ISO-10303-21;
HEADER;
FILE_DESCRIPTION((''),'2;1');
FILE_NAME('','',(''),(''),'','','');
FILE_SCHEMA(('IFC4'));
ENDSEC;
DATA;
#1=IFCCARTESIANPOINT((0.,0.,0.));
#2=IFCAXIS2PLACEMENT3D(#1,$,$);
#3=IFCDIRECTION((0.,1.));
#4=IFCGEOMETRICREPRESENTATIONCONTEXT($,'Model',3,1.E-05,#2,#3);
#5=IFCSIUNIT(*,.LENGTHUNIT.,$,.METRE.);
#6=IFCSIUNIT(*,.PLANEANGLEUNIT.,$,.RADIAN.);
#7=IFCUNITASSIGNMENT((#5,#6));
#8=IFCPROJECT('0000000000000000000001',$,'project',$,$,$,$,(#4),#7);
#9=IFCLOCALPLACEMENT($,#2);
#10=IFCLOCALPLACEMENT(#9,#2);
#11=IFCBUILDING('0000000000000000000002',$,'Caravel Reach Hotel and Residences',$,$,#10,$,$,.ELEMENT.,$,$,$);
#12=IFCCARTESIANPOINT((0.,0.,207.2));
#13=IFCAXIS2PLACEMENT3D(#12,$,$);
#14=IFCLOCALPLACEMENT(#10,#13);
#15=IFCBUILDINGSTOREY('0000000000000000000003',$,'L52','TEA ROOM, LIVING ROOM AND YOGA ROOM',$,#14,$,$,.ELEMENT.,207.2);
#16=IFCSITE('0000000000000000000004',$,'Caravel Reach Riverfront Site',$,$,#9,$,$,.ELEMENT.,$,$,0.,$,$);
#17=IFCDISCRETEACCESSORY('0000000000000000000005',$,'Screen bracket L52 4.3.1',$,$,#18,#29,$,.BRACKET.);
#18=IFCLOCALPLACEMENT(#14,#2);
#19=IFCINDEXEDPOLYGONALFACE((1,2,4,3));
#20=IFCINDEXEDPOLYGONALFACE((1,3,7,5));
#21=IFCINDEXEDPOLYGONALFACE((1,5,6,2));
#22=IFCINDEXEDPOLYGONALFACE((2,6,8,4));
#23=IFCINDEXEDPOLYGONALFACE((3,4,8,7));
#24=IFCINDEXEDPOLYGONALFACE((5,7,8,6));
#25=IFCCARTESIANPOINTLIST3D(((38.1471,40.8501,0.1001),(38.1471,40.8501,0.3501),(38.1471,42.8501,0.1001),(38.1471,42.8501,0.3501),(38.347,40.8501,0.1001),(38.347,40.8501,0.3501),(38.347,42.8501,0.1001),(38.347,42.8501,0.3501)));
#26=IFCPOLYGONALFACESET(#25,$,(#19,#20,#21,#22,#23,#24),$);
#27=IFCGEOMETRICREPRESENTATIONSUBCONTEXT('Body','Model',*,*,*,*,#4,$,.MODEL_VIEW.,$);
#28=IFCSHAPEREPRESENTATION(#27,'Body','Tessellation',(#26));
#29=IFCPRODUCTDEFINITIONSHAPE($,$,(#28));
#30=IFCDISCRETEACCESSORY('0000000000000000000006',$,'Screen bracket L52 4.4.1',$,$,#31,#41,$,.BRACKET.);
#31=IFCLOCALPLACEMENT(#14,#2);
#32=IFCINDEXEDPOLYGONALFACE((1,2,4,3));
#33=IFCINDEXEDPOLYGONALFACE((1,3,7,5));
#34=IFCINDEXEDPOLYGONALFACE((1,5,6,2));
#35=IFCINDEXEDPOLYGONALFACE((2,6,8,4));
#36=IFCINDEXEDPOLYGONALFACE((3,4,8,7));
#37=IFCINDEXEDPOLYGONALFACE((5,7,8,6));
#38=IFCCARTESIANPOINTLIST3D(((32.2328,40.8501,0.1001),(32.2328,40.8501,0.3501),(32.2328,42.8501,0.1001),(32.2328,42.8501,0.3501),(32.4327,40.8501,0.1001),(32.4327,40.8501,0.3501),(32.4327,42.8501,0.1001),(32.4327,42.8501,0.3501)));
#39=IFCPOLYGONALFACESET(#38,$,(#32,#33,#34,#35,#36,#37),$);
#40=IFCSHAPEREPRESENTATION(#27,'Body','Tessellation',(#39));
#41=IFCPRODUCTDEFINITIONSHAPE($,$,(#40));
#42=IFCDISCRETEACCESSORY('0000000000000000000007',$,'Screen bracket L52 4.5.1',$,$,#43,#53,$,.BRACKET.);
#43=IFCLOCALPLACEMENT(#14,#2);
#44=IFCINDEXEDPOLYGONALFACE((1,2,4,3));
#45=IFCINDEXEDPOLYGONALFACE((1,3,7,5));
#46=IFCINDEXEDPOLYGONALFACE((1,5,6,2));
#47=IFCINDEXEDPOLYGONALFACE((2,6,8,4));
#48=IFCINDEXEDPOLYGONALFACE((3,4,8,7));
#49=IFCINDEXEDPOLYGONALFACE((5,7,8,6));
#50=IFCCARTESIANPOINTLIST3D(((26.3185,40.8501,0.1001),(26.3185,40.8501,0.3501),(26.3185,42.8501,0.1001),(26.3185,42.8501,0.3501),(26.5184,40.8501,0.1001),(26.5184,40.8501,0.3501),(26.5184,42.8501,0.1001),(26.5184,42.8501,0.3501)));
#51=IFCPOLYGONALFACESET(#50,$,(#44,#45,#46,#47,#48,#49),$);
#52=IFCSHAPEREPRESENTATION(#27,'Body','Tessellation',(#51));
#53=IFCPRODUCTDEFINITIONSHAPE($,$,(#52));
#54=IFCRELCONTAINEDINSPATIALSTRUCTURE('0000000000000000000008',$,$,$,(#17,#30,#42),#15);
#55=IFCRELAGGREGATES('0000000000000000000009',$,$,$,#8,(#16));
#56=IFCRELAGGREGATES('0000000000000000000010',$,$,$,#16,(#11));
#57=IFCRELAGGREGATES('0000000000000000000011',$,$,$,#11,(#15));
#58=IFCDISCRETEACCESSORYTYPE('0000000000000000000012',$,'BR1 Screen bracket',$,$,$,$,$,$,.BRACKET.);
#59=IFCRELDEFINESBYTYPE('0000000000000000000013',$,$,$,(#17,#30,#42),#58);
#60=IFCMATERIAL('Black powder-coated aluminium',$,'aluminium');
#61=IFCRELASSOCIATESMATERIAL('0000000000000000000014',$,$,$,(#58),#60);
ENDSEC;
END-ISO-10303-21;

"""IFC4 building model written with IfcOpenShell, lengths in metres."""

from ifc_helpers import new_model, si_unit, direction, frame, origin, origin_2d, place, context, subcontext, project, spatial, rectangle, extrude, material, type_object, element, save


model = new_model("IFC4")

# Units and contexts
model_context = context("Model", 3, precision=1e-05, world=origin(), true_north=direction((0.0, 1.0)))
body_context = subcontext(model_context, "Body", "Model", "MODEL_VIEW")
ifc_project = project(units=[si_unit("LENGTHUNIT", "METRE"), si_unit("PLANEANGLEUNIT", "RADIAN")], contexts=[model_context])

# Site, building, storey
site_placement = place(None, origin())
site = spatial("IfcSite", under=ifc_project, at=site_placement, Name="Caravel Reach Riverfront Site", CompositionType="ELEMENT", RefElevation=0.0)
building_placement = place(site_placement, origin())
building = spatial("IfcBuilding", under=site, at=building_placement, Name="Caravel Reach Hotel and Residences", CompositionType="ELEMENT")
storey_placement = place(building_placement, frame((0.0, 0.0, 207.2)))
storey = spatial("IfcBuildingStorey", under=building, at=storey_placement, Name="L52", Description="TEA ROOM, LIVING ROOM AND YOGA ROOM", CompositionType="ELEMENT", Elevation=207.2)

# Discrete accessories
ifc_material_1 = material(Name="Black powder-coated aluminium", Category="aluminium")
discrete_accessory_type = type_object("IfcDiscreteAccessoryType", Name="BR1 Screen bracket", PredefinedType="BRACKET", material=ifc_material_1)
for number, where, z_axis, x_axis, name in (
    (1, (38.2471, 41.8501, 0.1001), (0.0, 0.0, 1.0), (0.0, 1.0, 0.0), "Screen bracket L52 4.3.1"),
    (2, (32.3328, 41.8501, 0.1001), (0.0, 0.0, 1.0), (0.0, 1.0, 0.0), "Screen bracket L52 4.4.1"),
    (3, (26.4185, 41.8501, 0.1001), (0.0, 0.0, 1.0), (0.0, 1.0, 0.0), "Screen bracket L52 4.5.1"),
):
    element("IfcDiscreteAccessory", number, at=place(storey_placement, frame(where, z_axis=z_axis, x_axis=x_axis)), inside=storey, type_object=discrete_accessory_type, Name=name, PredefinedType="BRACKET", context=body_context, shape_type="SweptSolid", body=[
        extrude(rectangle(XDim=2.0, YDim=0.2, at=origin_2d()), origin(), (0.0, 0.0, 1.0), 0.25),
    ])

save(model, "model.ifc")
